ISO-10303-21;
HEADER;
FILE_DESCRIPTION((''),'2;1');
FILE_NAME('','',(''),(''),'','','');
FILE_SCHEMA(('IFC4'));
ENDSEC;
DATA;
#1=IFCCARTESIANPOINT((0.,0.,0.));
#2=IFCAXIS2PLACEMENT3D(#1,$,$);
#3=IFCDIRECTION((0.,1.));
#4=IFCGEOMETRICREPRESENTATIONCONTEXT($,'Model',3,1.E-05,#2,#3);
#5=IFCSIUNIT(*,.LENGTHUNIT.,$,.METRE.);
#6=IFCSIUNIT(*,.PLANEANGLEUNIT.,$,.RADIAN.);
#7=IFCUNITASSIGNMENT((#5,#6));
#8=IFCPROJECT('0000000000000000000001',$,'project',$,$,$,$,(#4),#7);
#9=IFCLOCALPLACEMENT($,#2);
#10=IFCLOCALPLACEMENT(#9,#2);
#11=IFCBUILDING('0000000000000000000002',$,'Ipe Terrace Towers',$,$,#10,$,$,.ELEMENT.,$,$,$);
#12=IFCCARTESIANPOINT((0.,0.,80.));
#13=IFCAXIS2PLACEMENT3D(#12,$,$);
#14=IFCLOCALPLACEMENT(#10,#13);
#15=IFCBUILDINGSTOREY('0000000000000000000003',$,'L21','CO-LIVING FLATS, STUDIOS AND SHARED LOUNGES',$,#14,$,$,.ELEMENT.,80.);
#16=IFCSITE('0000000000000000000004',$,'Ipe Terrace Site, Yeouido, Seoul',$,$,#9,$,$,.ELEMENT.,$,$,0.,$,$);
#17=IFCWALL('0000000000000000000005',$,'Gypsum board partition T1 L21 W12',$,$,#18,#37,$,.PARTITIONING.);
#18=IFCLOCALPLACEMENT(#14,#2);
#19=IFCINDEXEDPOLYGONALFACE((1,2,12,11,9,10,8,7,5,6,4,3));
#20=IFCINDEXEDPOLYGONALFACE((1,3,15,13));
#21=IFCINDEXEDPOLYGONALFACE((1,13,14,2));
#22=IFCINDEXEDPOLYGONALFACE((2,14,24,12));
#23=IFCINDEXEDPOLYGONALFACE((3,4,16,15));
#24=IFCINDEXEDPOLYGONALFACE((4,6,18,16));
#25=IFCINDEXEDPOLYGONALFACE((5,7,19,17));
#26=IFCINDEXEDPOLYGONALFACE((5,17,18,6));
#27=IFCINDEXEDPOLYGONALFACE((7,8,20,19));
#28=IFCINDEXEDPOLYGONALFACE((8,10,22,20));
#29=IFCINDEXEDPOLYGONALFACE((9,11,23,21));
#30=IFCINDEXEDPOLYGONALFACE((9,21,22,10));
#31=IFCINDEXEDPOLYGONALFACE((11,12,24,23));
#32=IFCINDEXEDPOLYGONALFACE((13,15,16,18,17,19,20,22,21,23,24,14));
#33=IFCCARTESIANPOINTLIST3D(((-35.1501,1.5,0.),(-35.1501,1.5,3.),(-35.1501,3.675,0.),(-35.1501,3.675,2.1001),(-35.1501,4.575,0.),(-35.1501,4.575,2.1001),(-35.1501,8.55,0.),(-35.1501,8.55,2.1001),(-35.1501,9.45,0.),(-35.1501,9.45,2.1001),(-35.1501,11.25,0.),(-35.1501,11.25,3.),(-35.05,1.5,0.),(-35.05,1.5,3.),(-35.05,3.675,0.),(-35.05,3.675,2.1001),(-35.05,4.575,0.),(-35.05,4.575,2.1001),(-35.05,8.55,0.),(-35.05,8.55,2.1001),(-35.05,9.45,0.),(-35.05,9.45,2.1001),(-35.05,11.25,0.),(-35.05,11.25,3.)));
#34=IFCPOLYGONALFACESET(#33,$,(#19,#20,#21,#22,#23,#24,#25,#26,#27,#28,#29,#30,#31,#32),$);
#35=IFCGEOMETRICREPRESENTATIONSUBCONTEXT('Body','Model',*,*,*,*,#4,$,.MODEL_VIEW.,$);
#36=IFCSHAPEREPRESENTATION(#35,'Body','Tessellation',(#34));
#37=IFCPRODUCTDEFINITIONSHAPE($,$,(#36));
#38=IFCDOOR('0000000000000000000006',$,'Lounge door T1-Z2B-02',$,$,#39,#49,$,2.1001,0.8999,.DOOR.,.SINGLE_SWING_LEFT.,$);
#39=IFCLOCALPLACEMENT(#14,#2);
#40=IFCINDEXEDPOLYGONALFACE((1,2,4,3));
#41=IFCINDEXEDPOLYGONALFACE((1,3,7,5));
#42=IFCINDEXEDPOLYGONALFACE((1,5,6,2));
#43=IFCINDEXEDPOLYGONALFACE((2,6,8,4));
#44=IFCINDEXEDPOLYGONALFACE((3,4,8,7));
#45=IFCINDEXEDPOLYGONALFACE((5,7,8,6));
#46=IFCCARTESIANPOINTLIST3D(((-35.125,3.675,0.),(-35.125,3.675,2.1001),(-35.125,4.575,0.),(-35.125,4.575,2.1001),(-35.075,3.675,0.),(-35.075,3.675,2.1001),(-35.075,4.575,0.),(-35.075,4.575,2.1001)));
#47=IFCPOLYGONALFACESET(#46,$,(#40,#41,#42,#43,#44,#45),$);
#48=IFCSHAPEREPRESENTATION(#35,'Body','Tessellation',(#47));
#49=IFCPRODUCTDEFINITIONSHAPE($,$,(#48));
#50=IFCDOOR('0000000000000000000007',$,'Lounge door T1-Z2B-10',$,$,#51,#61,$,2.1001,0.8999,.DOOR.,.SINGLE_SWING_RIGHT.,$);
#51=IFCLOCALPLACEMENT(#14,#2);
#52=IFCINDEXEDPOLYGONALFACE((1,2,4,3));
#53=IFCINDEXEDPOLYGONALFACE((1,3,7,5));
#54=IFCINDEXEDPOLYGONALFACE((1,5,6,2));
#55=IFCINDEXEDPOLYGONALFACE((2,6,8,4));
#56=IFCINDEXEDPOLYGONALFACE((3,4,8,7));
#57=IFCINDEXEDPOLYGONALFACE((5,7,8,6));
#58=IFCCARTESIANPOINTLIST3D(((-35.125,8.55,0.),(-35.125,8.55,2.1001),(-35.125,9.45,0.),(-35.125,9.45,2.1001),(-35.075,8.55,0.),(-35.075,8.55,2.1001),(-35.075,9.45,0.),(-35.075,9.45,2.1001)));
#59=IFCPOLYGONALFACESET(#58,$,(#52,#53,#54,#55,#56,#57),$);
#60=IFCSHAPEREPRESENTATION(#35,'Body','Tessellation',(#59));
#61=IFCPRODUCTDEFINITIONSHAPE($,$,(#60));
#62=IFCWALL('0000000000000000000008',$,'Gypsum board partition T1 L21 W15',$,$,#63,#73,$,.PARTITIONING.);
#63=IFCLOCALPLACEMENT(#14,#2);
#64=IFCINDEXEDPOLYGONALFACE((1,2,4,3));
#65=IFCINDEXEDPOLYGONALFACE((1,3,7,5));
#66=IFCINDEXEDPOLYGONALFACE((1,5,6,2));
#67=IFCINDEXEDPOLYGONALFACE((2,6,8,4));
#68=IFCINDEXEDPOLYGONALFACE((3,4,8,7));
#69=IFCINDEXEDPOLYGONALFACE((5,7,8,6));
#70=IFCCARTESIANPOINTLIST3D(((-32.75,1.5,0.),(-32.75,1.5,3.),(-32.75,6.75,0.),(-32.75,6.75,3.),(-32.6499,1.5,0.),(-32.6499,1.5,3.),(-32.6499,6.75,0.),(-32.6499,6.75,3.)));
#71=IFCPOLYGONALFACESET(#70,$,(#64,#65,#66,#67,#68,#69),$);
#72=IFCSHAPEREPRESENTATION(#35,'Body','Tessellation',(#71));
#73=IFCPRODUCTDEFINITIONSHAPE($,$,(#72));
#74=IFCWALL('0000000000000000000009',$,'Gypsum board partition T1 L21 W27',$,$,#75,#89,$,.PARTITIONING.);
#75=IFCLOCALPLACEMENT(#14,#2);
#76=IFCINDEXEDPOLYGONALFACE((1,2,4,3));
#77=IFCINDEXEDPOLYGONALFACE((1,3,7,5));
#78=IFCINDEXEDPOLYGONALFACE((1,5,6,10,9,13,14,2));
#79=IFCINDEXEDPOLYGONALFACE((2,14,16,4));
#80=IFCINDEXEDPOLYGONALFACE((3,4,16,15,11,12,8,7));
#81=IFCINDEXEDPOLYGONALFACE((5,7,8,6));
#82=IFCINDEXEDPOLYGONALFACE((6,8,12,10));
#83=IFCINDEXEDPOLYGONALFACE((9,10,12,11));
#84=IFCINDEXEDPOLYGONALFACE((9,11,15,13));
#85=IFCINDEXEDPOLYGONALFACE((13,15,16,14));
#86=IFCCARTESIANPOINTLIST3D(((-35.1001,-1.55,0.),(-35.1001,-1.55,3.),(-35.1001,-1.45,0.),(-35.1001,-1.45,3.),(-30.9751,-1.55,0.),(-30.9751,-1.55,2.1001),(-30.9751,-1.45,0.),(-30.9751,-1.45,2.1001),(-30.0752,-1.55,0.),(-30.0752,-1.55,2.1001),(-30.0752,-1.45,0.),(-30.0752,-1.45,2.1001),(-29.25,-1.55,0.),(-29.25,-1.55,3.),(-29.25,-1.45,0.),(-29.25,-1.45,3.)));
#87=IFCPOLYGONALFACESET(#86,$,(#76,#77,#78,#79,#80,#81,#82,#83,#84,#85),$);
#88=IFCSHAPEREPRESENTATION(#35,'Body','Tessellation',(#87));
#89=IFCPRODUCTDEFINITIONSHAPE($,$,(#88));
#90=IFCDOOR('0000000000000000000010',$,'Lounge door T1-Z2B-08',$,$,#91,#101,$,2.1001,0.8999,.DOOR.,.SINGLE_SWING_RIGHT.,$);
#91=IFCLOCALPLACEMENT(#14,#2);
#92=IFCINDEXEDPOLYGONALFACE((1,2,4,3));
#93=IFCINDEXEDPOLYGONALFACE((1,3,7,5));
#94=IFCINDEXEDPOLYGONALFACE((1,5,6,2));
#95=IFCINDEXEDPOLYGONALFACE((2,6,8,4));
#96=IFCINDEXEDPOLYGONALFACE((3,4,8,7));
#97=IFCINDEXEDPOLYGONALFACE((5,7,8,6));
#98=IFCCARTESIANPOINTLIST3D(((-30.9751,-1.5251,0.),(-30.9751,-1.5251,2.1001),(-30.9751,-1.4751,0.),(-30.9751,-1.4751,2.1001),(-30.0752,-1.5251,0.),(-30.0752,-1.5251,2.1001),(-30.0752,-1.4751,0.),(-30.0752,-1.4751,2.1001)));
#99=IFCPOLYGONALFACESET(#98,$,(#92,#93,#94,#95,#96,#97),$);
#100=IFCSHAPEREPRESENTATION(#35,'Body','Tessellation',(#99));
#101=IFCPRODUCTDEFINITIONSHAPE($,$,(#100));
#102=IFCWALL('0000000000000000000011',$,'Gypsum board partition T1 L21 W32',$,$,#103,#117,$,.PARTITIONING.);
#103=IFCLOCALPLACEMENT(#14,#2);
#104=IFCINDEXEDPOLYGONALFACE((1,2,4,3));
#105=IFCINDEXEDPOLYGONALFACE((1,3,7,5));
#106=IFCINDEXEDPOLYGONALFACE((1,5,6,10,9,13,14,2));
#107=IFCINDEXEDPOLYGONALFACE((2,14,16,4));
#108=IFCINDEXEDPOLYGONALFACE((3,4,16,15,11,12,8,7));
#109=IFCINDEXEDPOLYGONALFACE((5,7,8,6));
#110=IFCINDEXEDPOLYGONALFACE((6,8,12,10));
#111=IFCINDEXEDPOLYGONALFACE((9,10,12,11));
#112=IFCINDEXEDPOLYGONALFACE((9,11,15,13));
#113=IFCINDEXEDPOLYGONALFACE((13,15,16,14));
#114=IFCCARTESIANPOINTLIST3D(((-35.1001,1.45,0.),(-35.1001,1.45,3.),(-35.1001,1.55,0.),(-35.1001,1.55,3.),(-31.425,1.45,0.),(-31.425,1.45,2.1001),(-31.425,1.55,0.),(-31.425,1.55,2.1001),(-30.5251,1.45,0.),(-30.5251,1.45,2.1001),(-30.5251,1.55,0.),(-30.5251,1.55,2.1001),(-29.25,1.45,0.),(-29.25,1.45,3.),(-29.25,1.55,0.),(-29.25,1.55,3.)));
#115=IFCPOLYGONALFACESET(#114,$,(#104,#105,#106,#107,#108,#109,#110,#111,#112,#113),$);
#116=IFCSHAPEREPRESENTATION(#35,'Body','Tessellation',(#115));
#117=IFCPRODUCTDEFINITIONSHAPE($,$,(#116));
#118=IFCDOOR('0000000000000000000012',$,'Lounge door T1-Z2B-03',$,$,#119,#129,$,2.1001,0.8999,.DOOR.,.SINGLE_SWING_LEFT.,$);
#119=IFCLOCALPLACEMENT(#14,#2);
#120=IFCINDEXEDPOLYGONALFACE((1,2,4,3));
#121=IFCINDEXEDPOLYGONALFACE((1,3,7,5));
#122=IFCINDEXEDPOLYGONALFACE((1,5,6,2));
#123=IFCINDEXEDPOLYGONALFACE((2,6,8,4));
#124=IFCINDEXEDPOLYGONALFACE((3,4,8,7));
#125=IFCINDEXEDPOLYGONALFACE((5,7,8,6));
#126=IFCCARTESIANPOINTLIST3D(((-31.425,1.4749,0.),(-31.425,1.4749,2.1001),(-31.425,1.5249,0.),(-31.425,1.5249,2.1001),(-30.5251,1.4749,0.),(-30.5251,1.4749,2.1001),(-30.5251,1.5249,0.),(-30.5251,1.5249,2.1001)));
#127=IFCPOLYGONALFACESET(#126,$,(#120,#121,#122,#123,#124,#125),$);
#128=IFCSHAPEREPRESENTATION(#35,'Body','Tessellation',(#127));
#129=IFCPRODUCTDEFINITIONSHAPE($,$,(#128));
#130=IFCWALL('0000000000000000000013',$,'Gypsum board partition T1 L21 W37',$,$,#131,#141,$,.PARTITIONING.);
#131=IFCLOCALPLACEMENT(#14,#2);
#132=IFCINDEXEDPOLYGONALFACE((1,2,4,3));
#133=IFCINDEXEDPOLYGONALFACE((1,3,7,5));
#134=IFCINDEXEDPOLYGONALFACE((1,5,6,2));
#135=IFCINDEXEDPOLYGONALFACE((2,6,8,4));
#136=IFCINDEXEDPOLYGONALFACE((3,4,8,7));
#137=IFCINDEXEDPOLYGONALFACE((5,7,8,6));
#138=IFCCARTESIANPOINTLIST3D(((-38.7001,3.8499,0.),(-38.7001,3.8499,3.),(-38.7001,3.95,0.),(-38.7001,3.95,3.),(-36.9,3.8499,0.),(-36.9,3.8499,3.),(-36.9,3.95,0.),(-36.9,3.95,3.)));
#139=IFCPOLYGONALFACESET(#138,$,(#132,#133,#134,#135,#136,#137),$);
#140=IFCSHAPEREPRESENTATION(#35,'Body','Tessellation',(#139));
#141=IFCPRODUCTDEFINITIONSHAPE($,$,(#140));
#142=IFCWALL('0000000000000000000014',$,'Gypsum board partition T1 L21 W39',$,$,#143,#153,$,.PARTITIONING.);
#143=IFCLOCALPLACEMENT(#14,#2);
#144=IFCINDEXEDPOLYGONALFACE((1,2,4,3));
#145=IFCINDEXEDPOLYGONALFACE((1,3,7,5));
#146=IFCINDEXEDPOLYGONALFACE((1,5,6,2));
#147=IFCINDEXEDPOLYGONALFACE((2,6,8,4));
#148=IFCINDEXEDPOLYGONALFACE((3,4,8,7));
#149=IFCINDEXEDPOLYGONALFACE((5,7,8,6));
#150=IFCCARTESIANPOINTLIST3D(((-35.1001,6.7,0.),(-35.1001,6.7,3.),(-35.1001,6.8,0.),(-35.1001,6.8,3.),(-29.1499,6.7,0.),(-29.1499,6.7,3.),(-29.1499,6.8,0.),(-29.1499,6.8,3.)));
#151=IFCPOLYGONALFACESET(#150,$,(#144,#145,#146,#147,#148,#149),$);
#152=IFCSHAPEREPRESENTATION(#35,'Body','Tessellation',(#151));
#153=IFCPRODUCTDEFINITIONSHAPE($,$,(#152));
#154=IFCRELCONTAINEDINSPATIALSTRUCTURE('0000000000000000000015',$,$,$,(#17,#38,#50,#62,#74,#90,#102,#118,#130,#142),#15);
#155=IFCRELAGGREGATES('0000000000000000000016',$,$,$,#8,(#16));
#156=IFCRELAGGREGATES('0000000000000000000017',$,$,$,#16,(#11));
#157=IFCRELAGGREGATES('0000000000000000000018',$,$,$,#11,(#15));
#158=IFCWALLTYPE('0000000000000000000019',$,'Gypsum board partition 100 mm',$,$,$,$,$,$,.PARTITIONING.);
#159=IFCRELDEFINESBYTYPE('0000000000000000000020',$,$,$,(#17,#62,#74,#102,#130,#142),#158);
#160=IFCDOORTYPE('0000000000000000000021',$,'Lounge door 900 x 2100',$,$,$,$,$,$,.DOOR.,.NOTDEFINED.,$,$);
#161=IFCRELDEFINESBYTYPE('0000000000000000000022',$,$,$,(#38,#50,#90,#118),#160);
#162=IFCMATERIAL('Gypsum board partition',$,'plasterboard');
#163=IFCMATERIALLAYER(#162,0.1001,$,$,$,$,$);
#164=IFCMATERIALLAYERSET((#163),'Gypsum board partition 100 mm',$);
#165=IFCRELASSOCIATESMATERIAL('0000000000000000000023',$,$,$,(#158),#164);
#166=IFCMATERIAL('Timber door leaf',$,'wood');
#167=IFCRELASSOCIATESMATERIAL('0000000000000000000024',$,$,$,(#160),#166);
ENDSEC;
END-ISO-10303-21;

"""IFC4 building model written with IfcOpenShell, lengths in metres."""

from ifc_helpers import new_model, si_unit, direction, frame, frame_2d, origin, place, context, subcontext, project, spatial, rectangle, extrude, material, layer, layer_set, type_object, element, fill, save


model = new_model("IFC4")

# Units and contexts
model_context = context("Model", 3, precision=1e-05, world=origin(), true_north=direction((0.0, 1.0)))
body_context = subcontext(model_context, "Body", "Model", "MODEL_VIEW")
ifc_project = project(units=[si_unit("LENGTHUNIT", "METRE"), si_unit("PLANEANGLEUNIT", "RADIAN")], contexts=[model_context])

# Site, building, storey
site_placement = place(None, origin())
site = spatial("IfcSite", under=ifc_project, at=site_placement, Name="Ipe Terrace Site, Yeouido, Seoul", CompositionType="ELEMENT", RefElevation=0.0)
building_placement = place(site_placement, origin())
building = spatial("IfcBuilding", under=site, at=building_placement, Name="Ipe Terrace Towers", CompositionType="ELEMENT")
storey_placement = place(building_placement, frame((0.0, 0.0, 80.0)))
storey = spatial("IfcBuildingStorey", under=building, at=storey_placement, Name="L21", Description="CO-LIVING FLATS, STUDIOS AND SHARED LOUNGES", CompositionType="ELEMENT", Elevation=80.0)

# Shared definitions
ifc_material_1 = material(Name="Gypsum board partition", Category="plasterboard")
ifc_layer_1 = layer(ifc_material_1, 0.1001)
ifc_layer_set_1 = layer_set([ifc_layer_1], Name="Gypsum board partition 100 mm")
wall_type_1 = type_object("IfcWallType", Name="Gypsum board partition 100 mm", PredefinedType="PARTITIONING", material=ifc_layer_set_1)

# Wall, openings, doors
ifc_material_2 = material(Name="Timber door leaf", Category="wood")
door_type_1 = type_object("IfcDoorType", Name="Lounge door 900 x 2100", OperationType="NOTDEFINED", PredefinedType="DOOR", material=ifc_material_2)
wall_1_placement = place(storey_placement, frame((-35.1001, 1.5, 0.0), z_axis=(0.0, 0.0, 1.0), x_axis=(0.0, 1.0, 0.0)))
wall_1 = element("IfcWall", 1, at=wall_1_placement, inside=storey, type_object=wall_type_1, Name="Gypsum board partition T1 L21 W12", PredefinedType="PARTITIONING", context=body_context, shape_type="SweptSolid", body=[
    extrude(rectangle(XDim=9.75, YDim=0.1001, at=frame_2d((4.875, 0.0))), origin(), (0.0, 0.0, 1.0), 3.0),
])
opening_1_placement = place(wall_1_placement, frame((2.175, 0.0, 0.0)))
opening_1 = element("IfcOpeningElement", 2, at=opening_1_placement, cuts=wall_1, PredefinedType="OPENING", context=body_context, shape_type="SweptSolid", body=[
    extrude(rectangle(XDim=0.8999, YDim=2.1001, at=frame_2d((0.45, 1.05))), frame((0.0, 0.0601, 0.0), z_axis=(0.0, -1.0, 0.0), x_axis=(1.0, 0.0, 0.0)), (0.0, 0.0, 1.0), 0.1201),
])
opening_2_placement = place(wall_1_placement, frame((7.05, 0.0, 0.0)))
opening_2 = element("IfcOpeningElement", 3, at=opening_2_placement, cuts=wall_1, PredefinedType="OPENING", context=body_context, shape_type="SweptSolid", body=[
    extrude(rectangle(XDim=0.8999, YDim=2.1001, at=frame_2d((0.45, 1.05))), frame((0.0, 0.0601, 0.0), z_axis=(0.0, -1.0, 0.0), x_axis=(1.0, 0.0, 0.0)), (0.0, 0.0, 1.0), 0.1201),
])
door_1_placement = place(opening_1_placement, origin())
door_1 = element("IfcDoor", 4, at=door_1_placement, inside=storey, type_object=door_type_1, Name="Lounge door T1-Z2B-02", OperationType="SINGLE_SWING_LEFT", OverallHeight=2.1001, OverallWidth=0.8999, PredefinedType="DOOR", context=body_context, shape_type="SweptSolid", body=[
    extrude(rectangle(XDim=0.8999, YDim=2.1001, at=frame_2d((0.45, 1.05))), frame((0.0, 0.0249, 0.0), z_axis=(0.0, -1.0, 0.0), x_axis=(1.0, 0.0, 0.0)), (0.0, 0.0, 1.0), 0.05),
])
fill(opening_1, door_1)
door_2_placement = place(opening_2_placement, origin())
door_2 = element("IfcDoor", 5, at=door_2_placement, inside=storey, type_object=door_type_1, Name="Lounge door T1-Z2B-10", OperationType="SINGLE_SWING_RIGHT", OverallHeight=2.1001, OverallWidth=0.8999, PredefinedType="DOOR", context=body_context, shape_type="SweptSolid", body=[
    extrude(rectangle(XDim=0.8999, YDim=2.1001, at=frame_2d((0.45, 1.05))), frame((0.0, 0.0249, 0.0), z_axis=(0.0, -1.0, 0.0), x_axis=(1.0, 0.0, 0.0)), (0.0, 0.0, 1.0), 0.05),
])
fill(opening_2, door_2)

# Wall
wall_2_placement = place(storey_placement, frame((-32.7, 1.5, 0.0), z_axis=(0.0, 0.0, 1.0), x_axis=(0.0, 1.0, 0.0)))
element("IfcWall", 6, at=wall_2_placement, inside=storey, type_object=wall_type_1, Name="Gypsum board partition T1 L21 W15", PredefinedType="PARTITIONING", context=body_context, shape_type="SweptSolid", body=[
    extrude(rectangle(XDim=5.25, YDim=0.1001, at=frame_2d((2.625, 0.0))), origin(), (0.0, 0.0, 1.0), 3.0),
])

# Walls, openings, doors
wall_3_placement = place(storey_placement, frame((-35.1001, -1.5, 0.0), z_axis=(0.0, 0.0, 1.0), x_axis=(1.0, 0.0, 0.0)))
wall_3 = element("IfcWall", 7, at=wall_3_placement, inside=storey, type_object=wall_type_1, Name="Gypsum board partition T1 L21 W27", PredefinedType="PARTITIONING", context=body_context, shape_type="SweptSolid", body=[
    extrude(rectangle(XDim=5.8501, YDim=0.1001, at=frame_2d((2.925, 0.0))), origin(), (0.0, 0.0, 1.0), 3.0),
])
opening_3_placement = place(wall_3_placement, frame((4.125, 0.0, 0.0)))
opening_3 = element("IfcOpeningElement", 8, at=opening_3_placement, cuts=wall_3, PredefinedType="OPENING", context=body_context, shape_type="SweptSolid", body=[
    extrude(rectangle(XDim=0.8999, YDim=2.1001, at=frame_2d((0.45, 1.05))), frame((0.0, 0.0601, 0.0), z_axis=(0.0, -1.0, 0.0), x_axis=(1.0, 0.0, 0.0)), (0.0, 0.0, 1.0), 0.1201),
])
door_3_placement = place(opening_3_placement, origin())
door_3 = element("IfcDoor", 9, at=door_3_placement, inside=storey, type_object=door_type_1, Name="Lounge door T1-Z2B-08", OperationType="SINGLE_SWING_RIGHT", OverallHeight=2.1001, OverallWidth=0.8999, PredefinedType="DOOR", context=body_context, shape_type="SweptSolid", body=[
    extrude(rectangle(XDim=0.8999, YDim=2.1001, at=frame_2d((0.45, 1.05))), frame((0.0, 0.0249, 0.0), z_axis=(0.0, -1.0, 0.0), x_axis=(1.0, 0.0, 0.0)), (0.0, 0.0, 1.0), 0.05),
])
fill(opening_3, door_3)
wall_4_placement = place(storey_placement, frame((-35.1001, 1.5, 0.0), z_axis=(0.0, 0.0, 1.0), x_axis=(1.0, 0.0, 0.0)))
wall_4 = element("IfcWall", 10, at=wall_4_placement, inside=storey, type_object=wall_type_1, Name="Gypsum board partition T1 L21 W32", PredefinedType="PARTITIONING", context=body_context, shape_type="SweptSolid", body=[
    extrude(rectangle(XDim=5.8501, YDim=0.1001, at=frame_2d((2.925, 0.0))), origin(), (0.0, 0.0, 1.0), 3.0),
])
opening_4_placement = place(wall_4_placement, frame((3.675, 0.0, 0.0)))
opening_4 = element("IfcOpeningElement", 11, at=opening_4_placement, cuts=wall_4, PredefinedType="OPENING", context=body_context, shape_type="SweptSolid", body=[
    extrude(rectangle(XDim=0.8999, YDim=2.1001, at=frame_2d((0.45, 1.05))), frame((0.0, 0.0601, 0.0), z_axis=(0.0, -1.0, 0.0), x_axis=(1.0, 0.0, 0.0)), (0.0, 0.0, 1.0), 0.1201),
])
door_4_placement = place(opening_4_placement, origin())
door_4 = element("IfcDoor", 12, at=door_4_placement, inside=storey, type_object=door_type_1, Name="Lounge door T1-Z2B-03", OperationType="SINGLE_SWING_LEFT", OverallHeight=2.1001, OverallWidth=0.8999, PredefinedType="DOOR", context=body_context, shape_type="SweptSolid", body=[
    extrude(rectangle(XDim=0.8999, YDim=2.1001, at=frame_2d((0.45, 1.05))), frame((0.0, 0.0249, 0.0), z_axis=(0.0, -1.0, 0.0), x_axis=(1.0, 0.0, 0.0)), (0.0, 0.0, 1.0), 0.05),
])
fill(opening_4, door_4)

# Walls
wall_5_placement = place(storey_placement, frame((-38.7, 3.8999, 0.0), z_axis=(0.0, 0.0, 1.0), x_axis=(1.0, 0.0, 0.0)))
element("IfcWall", 13, at=wall_5_placement, inside=storey, type_object=wall_type_1, Name="Gypsum board partition T1 L21 W37", PredefinedType="PARTITIONING", context=body_context, shape_type="SweptSolid", body=[
    extrude(rectangle(XDim=1.8, YDim=0.1001, at=frame_2d((0.8999, 0.0))), origin(), (0.0, 0.0, 1.0), 3.0),
])
wall_6_placement = place(storey_placement, frame((-35.1001, 6.75, 0.0), z_axis=(0.0, 0.0, 1.0), x_axis=(1.0, 0.0, 0.0)))
element("IfcWall", 14, at=wall_6_placement, inside=storey, type_object=wall_type_1, Name="Gypsum board partition T1 L21 W39", PredefinedType="PARTITIONING", context=body_context, shape_type="SweptSolid", body=[
    extrude(rectangle(XDim=5.9502, YDim=0.1001, at=frame_2d((2.9751, 0.0))), origin(), (0.0, 0.0, 1.0), 3.0),
])

save(model, "model.ifc")
